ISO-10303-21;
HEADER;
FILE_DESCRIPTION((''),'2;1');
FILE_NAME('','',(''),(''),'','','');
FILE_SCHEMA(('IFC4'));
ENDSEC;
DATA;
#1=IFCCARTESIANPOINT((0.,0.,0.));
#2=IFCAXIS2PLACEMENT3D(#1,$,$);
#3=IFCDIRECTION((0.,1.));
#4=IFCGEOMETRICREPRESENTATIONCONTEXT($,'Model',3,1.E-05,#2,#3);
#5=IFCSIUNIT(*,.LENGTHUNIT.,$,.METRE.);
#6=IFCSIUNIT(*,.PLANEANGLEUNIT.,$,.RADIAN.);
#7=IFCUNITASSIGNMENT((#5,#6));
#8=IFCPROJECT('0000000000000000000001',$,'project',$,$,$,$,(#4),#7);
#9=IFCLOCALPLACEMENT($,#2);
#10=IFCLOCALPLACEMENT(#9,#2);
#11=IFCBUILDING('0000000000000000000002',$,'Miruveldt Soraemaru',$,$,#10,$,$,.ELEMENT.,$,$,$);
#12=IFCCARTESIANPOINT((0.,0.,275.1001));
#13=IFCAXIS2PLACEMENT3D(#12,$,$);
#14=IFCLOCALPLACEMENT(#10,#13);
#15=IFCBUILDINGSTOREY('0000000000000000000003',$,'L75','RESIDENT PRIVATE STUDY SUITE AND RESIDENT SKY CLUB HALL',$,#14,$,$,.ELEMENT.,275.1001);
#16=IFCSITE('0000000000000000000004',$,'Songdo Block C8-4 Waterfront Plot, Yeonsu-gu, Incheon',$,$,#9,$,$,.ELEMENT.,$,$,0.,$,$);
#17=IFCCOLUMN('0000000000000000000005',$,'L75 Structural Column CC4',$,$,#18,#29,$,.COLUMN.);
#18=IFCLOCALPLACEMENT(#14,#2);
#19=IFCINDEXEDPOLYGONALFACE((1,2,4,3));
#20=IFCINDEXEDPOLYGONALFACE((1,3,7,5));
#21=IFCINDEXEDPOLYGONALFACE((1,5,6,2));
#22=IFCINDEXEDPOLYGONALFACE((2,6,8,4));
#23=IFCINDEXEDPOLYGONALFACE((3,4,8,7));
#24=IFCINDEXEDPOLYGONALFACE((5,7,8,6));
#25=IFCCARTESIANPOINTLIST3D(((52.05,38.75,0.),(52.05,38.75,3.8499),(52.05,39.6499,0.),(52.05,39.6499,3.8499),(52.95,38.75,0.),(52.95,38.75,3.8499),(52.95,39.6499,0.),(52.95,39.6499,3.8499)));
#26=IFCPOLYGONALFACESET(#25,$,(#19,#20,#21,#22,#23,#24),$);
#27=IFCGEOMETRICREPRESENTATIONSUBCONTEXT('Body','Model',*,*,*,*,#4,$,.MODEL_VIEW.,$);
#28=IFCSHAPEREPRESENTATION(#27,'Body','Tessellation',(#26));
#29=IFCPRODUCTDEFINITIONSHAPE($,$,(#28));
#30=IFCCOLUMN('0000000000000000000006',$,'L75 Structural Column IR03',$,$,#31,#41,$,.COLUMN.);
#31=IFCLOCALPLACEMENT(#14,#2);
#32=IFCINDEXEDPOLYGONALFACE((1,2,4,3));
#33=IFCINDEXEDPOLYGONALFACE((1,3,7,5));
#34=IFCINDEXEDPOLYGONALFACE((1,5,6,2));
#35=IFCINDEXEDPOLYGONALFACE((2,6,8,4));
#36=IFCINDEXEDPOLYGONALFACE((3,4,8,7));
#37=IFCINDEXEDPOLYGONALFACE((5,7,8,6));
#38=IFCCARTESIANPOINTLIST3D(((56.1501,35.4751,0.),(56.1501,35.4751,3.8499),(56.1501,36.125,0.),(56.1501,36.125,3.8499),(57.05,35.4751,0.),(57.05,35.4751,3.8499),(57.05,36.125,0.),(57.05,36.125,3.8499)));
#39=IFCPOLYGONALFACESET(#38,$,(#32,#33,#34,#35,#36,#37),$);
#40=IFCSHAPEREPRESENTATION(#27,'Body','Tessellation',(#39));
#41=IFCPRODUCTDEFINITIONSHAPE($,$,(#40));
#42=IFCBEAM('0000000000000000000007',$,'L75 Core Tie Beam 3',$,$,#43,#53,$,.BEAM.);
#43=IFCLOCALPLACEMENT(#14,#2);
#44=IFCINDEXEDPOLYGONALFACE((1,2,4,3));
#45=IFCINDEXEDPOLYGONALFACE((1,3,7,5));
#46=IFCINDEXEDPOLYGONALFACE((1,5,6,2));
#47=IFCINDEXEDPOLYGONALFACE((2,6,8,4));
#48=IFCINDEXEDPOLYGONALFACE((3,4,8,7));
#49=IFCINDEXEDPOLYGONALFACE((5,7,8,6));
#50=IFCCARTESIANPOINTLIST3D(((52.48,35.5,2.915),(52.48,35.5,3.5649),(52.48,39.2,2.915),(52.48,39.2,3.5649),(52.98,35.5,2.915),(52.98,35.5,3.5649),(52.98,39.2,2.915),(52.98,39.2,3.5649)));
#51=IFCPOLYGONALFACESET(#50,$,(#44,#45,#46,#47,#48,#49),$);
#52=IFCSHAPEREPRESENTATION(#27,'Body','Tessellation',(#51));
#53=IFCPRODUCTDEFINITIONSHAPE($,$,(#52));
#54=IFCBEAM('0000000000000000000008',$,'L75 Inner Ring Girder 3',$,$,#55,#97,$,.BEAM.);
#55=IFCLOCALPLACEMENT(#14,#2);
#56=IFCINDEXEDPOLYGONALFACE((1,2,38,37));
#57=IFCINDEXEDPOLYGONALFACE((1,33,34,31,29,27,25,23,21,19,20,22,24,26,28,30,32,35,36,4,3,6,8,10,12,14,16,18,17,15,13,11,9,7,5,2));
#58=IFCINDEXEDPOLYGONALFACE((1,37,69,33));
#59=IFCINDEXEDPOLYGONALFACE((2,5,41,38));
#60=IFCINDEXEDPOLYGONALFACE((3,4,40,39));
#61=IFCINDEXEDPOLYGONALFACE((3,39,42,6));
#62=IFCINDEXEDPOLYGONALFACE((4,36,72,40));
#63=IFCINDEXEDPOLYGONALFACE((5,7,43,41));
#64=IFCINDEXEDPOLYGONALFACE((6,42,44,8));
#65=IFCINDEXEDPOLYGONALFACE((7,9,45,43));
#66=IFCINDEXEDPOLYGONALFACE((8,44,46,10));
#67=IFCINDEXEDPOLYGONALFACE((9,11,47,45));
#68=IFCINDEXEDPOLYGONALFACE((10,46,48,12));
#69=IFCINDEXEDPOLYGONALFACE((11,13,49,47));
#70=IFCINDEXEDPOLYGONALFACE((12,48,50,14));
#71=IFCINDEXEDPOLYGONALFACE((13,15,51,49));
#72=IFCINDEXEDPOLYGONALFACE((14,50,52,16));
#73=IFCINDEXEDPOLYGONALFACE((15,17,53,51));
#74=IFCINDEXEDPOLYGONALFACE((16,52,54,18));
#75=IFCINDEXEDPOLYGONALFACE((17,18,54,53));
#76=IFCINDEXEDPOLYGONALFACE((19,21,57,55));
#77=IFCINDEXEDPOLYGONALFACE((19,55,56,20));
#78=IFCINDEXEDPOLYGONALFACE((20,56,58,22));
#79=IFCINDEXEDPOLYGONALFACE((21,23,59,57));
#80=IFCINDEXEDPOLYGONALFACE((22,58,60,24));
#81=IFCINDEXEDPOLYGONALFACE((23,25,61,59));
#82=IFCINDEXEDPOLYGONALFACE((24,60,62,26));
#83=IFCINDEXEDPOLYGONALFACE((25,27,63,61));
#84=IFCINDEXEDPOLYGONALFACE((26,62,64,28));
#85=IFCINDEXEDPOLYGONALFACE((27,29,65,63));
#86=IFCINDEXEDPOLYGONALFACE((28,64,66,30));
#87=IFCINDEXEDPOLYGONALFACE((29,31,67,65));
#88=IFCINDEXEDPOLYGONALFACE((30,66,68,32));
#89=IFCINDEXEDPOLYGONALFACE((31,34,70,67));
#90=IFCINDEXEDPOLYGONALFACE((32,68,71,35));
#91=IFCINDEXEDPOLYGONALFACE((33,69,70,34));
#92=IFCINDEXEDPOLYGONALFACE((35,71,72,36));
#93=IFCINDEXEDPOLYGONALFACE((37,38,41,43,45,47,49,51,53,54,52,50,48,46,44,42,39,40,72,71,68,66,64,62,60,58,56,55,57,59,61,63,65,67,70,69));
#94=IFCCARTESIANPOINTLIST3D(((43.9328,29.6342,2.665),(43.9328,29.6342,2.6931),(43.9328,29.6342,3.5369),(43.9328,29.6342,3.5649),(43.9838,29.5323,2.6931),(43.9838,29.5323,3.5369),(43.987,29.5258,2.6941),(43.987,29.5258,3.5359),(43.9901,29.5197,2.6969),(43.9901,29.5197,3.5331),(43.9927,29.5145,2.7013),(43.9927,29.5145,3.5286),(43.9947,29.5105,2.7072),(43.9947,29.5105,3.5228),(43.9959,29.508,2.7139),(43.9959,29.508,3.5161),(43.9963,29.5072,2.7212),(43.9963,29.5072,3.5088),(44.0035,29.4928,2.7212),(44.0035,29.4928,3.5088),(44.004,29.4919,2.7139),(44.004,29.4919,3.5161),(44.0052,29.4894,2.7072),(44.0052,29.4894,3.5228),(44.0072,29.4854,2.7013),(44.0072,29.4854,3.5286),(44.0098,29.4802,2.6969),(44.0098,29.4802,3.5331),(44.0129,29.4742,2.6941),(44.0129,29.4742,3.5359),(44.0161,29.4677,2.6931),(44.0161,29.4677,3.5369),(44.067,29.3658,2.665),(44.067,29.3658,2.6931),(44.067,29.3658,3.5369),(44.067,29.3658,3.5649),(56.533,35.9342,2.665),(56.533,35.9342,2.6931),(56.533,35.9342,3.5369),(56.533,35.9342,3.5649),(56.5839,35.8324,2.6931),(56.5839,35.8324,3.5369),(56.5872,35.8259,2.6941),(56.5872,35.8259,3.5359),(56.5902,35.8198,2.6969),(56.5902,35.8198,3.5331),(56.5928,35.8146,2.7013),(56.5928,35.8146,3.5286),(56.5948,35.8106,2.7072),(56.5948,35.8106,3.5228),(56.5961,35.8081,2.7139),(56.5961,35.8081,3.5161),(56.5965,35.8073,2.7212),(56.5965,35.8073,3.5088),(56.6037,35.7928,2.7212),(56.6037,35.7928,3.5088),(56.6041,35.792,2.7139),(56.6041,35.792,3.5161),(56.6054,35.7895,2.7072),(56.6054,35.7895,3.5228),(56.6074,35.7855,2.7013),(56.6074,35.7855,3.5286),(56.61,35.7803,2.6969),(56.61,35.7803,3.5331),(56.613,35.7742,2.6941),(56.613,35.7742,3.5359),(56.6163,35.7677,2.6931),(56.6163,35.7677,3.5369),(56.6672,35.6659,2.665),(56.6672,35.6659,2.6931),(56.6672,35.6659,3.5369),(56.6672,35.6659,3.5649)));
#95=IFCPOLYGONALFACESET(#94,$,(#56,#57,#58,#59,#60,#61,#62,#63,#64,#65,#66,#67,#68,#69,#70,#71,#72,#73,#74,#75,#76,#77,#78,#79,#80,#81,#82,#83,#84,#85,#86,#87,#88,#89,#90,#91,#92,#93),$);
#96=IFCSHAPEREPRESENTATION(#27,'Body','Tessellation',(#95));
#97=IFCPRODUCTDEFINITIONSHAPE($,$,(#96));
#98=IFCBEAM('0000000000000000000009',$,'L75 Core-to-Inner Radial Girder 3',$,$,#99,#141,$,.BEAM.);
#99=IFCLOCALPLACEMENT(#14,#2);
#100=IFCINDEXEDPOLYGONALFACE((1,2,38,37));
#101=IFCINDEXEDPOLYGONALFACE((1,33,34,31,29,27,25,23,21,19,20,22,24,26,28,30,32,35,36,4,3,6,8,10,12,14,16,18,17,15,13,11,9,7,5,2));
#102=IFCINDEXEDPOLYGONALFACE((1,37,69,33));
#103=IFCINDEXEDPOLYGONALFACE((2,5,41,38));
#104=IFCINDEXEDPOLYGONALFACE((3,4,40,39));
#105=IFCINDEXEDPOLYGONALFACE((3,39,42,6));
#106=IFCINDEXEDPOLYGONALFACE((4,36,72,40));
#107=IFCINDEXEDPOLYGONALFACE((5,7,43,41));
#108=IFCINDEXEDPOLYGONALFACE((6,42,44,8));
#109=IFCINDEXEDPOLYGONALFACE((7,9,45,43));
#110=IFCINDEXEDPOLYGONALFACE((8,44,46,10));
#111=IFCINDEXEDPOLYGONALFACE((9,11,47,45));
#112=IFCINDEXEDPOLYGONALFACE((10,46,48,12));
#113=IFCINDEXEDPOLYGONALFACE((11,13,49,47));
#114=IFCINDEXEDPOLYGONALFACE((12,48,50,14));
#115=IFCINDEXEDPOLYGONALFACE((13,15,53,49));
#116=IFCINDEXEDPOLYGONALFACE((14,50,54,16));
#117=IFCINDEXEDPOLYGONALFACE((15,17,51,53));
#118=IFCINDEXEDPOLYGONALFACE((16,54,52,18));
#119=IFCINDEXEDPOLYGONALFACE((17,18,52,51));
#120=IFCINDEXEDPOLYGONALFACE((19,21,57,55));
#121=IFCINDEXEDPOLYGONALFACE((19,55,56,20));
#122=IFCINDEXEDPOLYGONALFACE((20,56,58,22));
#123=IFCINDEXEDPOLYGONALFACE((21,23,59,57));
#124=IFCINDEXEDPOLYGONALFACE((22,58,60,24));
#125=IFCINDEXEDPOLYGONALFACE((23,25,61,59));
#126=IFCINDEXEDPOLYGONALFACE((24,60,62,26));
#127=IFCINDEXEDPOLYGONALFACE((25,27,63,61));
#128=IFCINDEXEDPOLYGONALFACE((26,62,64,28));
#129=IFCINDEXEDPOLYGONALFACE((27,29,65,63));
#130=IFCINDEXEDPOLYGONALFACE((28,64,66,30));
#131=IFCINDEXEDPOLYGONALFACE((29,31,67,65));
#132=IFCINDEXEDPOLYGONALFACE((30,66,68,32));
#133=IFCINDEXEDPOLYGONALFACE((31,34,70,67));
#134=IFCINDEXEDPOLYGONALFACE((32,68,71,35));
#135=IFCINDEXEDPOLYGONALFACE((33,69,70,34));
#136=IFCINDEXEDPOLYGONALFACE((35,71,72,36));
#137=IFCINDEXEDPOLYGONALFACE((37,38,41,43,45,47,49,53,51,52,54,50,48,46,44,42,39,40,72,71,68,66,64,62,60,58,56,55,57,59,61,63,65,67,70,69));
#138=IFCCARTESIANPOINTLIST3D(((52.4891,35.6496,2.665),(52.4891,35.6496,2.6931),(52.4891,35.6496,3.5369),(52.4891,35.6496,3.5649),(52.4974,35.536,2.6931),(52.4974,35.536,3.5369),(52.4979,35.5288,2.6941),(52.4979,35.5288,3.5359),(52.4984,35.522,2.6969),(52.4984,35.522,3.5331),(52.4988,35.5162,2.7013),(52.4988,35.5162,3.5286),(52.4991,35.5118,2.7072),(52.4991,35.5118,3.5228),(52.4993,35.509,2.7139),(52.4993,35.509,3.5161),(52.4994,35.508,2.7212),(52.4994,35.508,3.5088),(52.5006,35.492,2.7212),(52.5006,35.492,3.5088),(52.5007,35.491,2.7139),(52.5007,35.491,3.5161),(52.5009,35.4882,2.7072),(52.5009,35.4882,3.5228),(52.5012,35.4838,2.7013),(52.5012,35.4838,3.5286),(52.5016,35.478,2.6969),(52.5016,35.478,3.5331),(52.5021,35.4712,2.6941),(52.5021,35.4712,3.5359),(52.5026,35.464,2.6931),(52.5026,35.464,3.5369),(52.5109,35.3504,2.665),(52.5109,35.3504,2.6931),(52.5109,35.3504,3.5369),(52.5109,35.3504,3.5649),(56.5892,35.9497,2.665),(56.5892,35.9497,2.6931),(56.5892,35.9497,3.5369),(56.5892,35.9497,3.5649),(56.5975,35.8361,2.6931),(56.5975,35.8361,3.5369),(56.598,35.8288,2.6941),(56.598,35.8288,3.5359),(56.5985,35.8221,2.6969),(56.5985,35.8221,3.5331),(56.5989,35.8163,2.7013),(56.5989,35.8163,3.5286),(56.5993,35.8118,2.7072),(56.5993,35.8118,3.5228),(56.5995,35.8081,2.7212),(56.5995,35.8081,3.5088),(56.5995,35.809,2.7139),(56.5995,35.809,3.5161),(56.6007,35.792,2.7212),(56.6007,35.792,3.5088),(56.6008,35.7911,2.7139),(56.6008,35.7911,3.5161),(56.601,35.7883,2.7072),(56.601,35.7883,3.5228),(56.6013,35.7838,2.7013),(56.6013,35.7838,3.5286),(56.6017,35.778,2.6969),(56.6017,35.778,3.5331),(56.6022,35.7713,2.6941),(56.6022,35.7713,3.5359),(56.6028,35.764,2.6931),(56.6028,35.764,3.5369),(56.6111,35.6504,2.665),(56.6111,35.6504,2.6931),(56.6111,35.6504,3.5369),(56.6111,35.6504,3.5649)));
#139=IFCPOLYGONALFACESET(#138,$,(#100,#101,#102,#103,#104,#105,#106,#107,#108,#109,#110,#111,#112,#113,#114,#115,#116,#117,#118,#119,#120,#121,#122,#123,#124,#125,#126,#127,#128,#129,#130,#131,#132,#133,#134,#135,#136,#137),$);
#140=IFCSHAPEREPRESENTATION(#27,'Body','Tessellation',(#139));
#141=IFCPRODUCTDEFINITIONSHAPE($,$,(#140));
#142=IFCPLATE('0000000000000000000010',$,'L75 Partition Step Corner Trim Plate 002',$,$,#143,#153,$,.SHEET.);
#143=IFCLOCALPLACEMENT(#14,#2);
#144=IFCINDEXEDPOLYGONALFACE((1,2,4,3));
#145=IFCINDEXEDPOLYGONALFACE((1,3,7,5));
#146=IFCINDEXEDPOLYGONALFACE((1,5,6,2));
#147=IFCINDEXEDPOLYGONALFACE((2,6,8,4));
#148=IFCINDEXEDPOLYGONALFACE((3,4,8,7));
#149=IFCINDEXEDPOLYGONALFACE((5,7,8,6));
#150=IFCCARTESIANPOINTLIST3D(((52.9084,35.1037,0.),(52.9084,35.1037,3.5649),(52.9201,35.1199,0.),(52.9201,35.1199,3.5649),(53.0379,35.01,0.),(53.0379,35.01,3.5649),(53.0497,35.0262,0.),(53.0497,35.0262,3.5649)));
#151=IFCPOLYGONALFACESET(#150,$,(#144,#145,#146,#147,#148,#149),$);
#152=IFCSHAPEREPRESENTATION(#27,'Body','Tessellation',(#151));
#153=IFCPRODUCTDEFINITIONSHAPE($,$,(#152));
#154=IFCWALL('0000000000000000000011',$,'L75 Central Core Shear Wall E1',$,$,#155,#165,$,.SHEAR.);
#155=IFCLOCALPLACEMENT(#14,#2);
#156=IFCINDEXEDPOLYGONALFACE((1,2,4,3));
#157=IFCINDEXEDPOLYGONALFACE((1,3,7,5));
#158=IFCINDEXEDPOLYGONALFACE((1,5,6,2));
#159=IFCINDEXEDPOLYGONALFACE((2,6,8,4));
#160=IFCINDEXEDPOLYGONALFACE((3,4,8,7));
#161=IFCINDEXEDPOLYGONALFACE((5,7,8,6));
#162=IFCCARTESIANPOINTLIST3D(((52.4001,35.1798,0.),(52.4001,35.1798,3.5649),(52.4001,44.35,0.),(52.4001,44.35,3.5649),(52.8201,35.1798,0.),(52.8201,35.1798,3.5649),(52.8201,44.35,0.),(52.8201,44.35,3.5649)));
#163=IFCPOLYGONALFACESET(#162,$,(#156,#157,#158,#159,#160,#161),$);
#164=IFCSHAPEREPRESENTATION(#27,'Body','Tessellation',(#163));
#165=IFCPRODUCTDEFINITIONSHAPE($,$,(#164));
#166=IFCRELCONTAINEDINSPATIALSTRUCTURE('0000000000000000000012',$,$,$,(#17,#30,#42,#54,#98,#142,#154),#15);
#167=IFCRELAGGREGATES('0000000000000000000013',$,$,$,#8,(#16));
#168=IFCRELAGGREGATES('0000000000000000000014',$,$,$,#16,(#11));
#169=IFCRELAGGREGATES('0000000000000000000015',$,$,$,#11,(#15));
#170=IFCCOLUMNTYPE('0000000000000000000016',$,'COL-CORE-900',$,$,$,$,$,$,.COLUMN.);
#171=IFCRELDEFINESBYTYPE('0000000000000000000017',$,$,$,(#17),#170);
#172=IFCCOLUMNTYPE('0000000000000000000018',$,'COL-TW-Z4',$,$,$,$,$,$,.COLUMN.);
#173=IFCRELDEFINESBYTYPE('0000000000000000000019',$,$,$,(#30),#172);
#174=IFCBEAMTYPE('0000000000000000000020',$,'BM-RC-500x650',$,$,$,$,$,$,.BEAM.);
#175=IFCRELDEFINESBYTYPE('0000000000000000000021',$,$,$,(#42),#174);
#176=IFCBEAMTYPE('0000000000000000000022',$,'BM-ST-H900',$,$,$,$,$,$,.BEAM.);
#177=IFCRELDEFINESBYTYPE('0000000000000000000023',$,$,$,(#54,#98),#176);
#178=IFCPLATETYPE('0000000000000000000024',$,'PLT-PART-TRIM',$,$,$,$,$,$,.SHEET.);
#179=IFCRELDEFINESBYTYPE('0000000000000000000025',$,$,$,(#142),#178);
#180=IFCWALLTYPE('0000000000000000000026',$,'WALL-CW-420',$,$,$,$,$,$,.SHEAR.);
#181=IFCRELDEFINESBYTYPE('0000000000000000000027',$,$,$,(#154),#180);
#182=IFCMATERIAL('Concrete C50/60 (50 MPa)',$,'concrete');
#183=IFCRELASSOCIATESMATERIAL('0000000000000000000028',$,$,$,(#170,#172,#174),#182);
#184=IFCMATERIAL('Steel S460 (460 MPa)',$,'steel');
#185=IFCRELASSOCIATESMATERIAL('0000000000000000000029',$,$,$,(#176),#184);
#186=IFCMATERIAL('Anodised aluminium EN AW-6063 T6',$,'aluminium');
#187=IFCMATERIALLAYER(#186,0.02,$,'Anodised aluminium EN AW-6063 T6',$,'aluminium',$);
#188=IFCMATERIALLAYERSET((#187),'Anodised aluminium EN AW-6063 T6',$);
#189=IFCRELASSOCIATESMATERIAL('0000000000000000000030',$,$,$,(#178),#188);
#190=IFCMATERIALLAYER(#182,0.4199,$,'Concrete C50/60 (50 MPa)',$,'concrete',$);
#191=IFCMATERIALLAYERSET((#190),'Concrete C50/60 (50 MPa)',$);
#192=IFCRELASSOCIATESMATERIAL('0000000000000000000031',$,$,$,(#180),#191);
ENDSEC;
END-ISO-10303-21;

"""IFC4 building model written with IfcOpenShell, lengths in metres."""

from ifc_helpers import new_model, si_unit, direction, frame, frame_2d, origin, origin_2d, place, context, subcontext, project, spatial, rectangle, i_section, extrude, material, layer, layer_set, material_profile, profile_set, type_object, element, save


model = new_model("IFC4")

# Units and contexts
model_context = context("Model", 3, precision=1e-05, world=origin(), true_north=direction((0.0, 1.0)))
body_context = subcontext(model_context, "Body", "Model", "MODEL_VIEW")
ifc_project = project(units=[si_unit("LENGTHUNIT", "METRE"), si_unit("PLANEANGLEUNIT", "RADIAN")], contexts=[model_context])

# Site, building, storey
site_placement = place(None, origin())
site = spatial("IfcSite", under=ifc_project, at=site_placement, Name="Songdo Block C8-4 Waterfront Plot, Yeonsu-gu, Incheon", CompositionType="ELEMENT", RefElevation=0.0)
building_placement = place(site_placement, origin())
building = spatial("IfcBuilding", under=site, at=building_placement, Name="Miruveldt Soraemaru", CompositionType="ELEMENT")
storey_placement = place(building_placement, frame((0.0, 0.0, 275.1001)))
storey = spatial("IfcBuildingStorey", under=building, at=storey_placement, Name="L75", Description="RESIDENT PRIVATE STUDY SUITE AND RESIDENT SKY CLUB HALL", CompositionType="ELEMENT", Elevation=275.1001)

# Columns
ifc_material_1 = material(Name="Concrete C50/60 (50 MPa)", Category="concrete")
ifc_material_profile_1 = material_profile(ifc_material_1, rectangle(XDim=0.8999, YDim=0.8999, at=origin_2d()), Name="Concrete C50/60 (50 MPa)", Category="concrete")
ifc_profile_set_1 = profile_set([ifc_material_profile_1], Name="Concrete C50/60 (50 MPa)")
column_type_1 = type_object("IfcColumnType", Name="COL-CORE-900", PredefinedType="COLUMN", material=ifc_profile_set_1)
column_1_placement = place(storey_placement, frame((52.5, 39.2, 0.0), z_axis=(0.0, 0.0, 1.0), x_axis=(1.0, 0.0, 0.0)))
element("IfcColumn", 1, at=column_1_placement, inside=storey, type_object=column_type_1, Name="L75 Structural Column CC4", PredefinedType="COLUMN", context=body_context, shape_type="SweptSolid", body=[
    extrude(rectangle(XDim=0.8999, YDim=0.8999, at=origin_2d()), origin(), (0.0, 0.0, 1.0), 3.8499),
])
ifc_material_profile_2 = material_profile(ifc_material_1, rectangle(XDim=0.8999, YDim=0.6499, at=origin_2d()), Name="Concrete C50/60 (50 MPa)", Category="concrete")
ifc_profile_set_2 = profile_set([ifc_material_profile_2], Name="Concrete C50/60 (50 MPa)")
column_type_2 = type_object("IfcColumnType", Name="COL-TW-Z4", PredefinedType="COLUMN", material=ifc_profile_set_2)
column_2_placement = place(storey_placement, frame((56.6001, 35.8, 0.0), z_axis=(0.0, 0.0, 1.0), x_axis=(1.0, 0.0, 0.0)))
element("IfcColumn", 2, at=column_2_placement, inside=storey, type_object=column_type_2, Name="L75 Structural Column IR03", PredefinedType="COLUMN", context=body_context, shape_type="SweptSolid", body=[
    extrude(rectangle(XDim=0.8999, YDim=0.6499, at=origin_2d()), origin(), (0.0, 0.0, 1.0), 3.8499),
])

# Beams
ifc_material_profile_3 = material_profile(ifc_material_1, rectangle(XDim=0.5, YDim=0.6499, at=origin_2d()), Name="Concrete C50/60 (50 MPa)", Category="concrete")
ifc_profile_set_3 = profile_set([ifc_material_profile_3], Name="Concrete C50/60 (50 MPa)")
beam_type_1 = type_object("IfcBeamType", Name="BM-RC-500x650", PredefinedType="BEAM", material=ifc_profile_set_3)
beam_1_placement = place(storey_placement, frame((52.73, 35.5, 3.24), z_axis=(0.0, 1.0, 0.0), x_axis=(-1.0, 0.0, 0.0)))
element("IfcBeam", 3, at=beam_1_placement, inside=storey, type_object=beam_type_1, Name="L75 Core Tie Beam 3", PredefinedType="BEAM", context=body_context, shape_type="SweptSolid", body=[
    extrude(rectangle(XDim=0.5, YDim=0.6499, at=origin_2d()), origin(), (0.0, 0.0, 1.0), 3.7),
])
ifc_material_2 = material(Name="Steel S460 (460 MPa)", Category="steel")
ifc_material_profile_4 = material_profile(ifc_material_2, i_section(OverallWidth=0.3, OverallDepth=0.8999, WebThickness=0.0161, FlangeThickness=0.0281, FilletRadius=0.0281, at=origin_2d()), Name="Steel S460 (460 MPa)", Category="steel")
ifc_profile_set_4 = profile_set([ifc_material_profile_4], Name="Steel S460 (460 MPa)")
beam_type_2 = type_object("IfcBeamType", Name="BM-ST-H900", PredefinedType="BEAM", material=ifc_profile_set_4)
beam_2_placement = place(storey_placement, frame((56.6001, 35.8, 3.115), z_axis=(-0.894427, -0.447214, 0.0), x_axis=(0.447214, -0.894427, 0.0)))
element("IfcBeam", 4, at=beam_2_placement, inside=storey, type_object=beam_type_2, Name="L75 Inner Ring Girder 3", PredefinedType="BEAM", context=body_context, shape_type="SweptSolid", body=[
    extrude(i_section(OverallWidth=0.3, OverallDepth=0.8999, WebThickness=0.0161, FlangeThickness=0.0281, FilletRadius=0.0281, at=origin_2d()), origin(), (0.0, 0.0, 1.0), 14.0874),
])
beam_3_placement = place(storey_placement, frame((52.5, 35.5, 3.115), z_axis=(0.997333, 0.072986, 0.0), x_axis=(-0.072986, 0.997333, 0.0)))
element("IfcBeam", 5, at=beam_3_placement, inside=storey, type_object=beam_type_2, Name="L75 Core-to-Inner Radial Girder 3", PredefinedType="BEAM", context=body_context, shape_type="SweptSolid", body=[
    extrude(i_section(OverallWidth=0.3, OverallDepth=0.8999, WebThickness=0.0161, FlangeThickness=0.0281, FilletRadius=0.0281, at=origin_2d()), origin(), (0.0, 0.0, 1.0), 4.1111),
])

# Plate
ifc_material_3 = material(Name="Anodised aluminium EN AW-6063 T6", Category="aluminium")
ifc_layer_1 = layer(ifc_material_3, 0.02, Name="Anodised aluminium EN AW-6063 T6", Category="aluminium")
ifc_layer_set_1 = layer_set([ifc_layer_1], Name="Anodised aluminium EN AW-6063 T6")
plate_type = type_object("IfcPlateType", Name="PLT-PART-TRIM", PredefinedType="SHEET", material=ifc_layer_set_1)
plate_placement = place(storey_placement, frame((52.979, 35.0649, 0.0), z_axis=(0.0, 0.0, 1.0), x_axis=(-0.810246, 0.58609, 0.0)))
element("IfcPlate", 6, at=plate_placement, inside=storey, type_object=plate_type, Name="L75 Partition Step Corner Trim Plate 002", PredefinedType="SHEET", context=body_context, shape_type="SweptSolid", body=[
    extrude(rectangle(XDim=0.1599, YDim=0.02, at=origin_2d()), origin(), (0.0, 0.0, 1.0), 3.5649),
])

# Wall
ifc_layer_2 = layer(ifc_material_1, 0.4199, Name="Concrete C50/60 (50 MPa)", Category="concrete")
ifc_layer_set_2 = layer_set([ifc_layer_2], Name="Concrete C50/60 (50 MPa)")
wall_type_1 = type_object("IfcWallType", Name="WALL-CW-420", PredefinedType="SHEAR", material=ifc_layer_set_2)
wall_1_placement = place(storey_placement, frame((52.6101, 35.1799, 0.0), z_axis=(0.0, 0.0, 1.0), x_axis=(0.0, 1.0, 0.0)))
element("IfcWall", 7, at=wall_1_placement, inside=storey, type_object=wall_type_1, Name="L75 Central Core Shear Wall E1", PredefinedType="SHEAR", context=body_context, shape_type="SweptSolid", body=[
    extrude(rectangle(XDim=9.1702, YDim=0.4199, at=frame_2d((4.585, 0.0))), origin(), (0.0, 0.0, 1.0), 3.5649),
])

save(model, "model.ifc")
